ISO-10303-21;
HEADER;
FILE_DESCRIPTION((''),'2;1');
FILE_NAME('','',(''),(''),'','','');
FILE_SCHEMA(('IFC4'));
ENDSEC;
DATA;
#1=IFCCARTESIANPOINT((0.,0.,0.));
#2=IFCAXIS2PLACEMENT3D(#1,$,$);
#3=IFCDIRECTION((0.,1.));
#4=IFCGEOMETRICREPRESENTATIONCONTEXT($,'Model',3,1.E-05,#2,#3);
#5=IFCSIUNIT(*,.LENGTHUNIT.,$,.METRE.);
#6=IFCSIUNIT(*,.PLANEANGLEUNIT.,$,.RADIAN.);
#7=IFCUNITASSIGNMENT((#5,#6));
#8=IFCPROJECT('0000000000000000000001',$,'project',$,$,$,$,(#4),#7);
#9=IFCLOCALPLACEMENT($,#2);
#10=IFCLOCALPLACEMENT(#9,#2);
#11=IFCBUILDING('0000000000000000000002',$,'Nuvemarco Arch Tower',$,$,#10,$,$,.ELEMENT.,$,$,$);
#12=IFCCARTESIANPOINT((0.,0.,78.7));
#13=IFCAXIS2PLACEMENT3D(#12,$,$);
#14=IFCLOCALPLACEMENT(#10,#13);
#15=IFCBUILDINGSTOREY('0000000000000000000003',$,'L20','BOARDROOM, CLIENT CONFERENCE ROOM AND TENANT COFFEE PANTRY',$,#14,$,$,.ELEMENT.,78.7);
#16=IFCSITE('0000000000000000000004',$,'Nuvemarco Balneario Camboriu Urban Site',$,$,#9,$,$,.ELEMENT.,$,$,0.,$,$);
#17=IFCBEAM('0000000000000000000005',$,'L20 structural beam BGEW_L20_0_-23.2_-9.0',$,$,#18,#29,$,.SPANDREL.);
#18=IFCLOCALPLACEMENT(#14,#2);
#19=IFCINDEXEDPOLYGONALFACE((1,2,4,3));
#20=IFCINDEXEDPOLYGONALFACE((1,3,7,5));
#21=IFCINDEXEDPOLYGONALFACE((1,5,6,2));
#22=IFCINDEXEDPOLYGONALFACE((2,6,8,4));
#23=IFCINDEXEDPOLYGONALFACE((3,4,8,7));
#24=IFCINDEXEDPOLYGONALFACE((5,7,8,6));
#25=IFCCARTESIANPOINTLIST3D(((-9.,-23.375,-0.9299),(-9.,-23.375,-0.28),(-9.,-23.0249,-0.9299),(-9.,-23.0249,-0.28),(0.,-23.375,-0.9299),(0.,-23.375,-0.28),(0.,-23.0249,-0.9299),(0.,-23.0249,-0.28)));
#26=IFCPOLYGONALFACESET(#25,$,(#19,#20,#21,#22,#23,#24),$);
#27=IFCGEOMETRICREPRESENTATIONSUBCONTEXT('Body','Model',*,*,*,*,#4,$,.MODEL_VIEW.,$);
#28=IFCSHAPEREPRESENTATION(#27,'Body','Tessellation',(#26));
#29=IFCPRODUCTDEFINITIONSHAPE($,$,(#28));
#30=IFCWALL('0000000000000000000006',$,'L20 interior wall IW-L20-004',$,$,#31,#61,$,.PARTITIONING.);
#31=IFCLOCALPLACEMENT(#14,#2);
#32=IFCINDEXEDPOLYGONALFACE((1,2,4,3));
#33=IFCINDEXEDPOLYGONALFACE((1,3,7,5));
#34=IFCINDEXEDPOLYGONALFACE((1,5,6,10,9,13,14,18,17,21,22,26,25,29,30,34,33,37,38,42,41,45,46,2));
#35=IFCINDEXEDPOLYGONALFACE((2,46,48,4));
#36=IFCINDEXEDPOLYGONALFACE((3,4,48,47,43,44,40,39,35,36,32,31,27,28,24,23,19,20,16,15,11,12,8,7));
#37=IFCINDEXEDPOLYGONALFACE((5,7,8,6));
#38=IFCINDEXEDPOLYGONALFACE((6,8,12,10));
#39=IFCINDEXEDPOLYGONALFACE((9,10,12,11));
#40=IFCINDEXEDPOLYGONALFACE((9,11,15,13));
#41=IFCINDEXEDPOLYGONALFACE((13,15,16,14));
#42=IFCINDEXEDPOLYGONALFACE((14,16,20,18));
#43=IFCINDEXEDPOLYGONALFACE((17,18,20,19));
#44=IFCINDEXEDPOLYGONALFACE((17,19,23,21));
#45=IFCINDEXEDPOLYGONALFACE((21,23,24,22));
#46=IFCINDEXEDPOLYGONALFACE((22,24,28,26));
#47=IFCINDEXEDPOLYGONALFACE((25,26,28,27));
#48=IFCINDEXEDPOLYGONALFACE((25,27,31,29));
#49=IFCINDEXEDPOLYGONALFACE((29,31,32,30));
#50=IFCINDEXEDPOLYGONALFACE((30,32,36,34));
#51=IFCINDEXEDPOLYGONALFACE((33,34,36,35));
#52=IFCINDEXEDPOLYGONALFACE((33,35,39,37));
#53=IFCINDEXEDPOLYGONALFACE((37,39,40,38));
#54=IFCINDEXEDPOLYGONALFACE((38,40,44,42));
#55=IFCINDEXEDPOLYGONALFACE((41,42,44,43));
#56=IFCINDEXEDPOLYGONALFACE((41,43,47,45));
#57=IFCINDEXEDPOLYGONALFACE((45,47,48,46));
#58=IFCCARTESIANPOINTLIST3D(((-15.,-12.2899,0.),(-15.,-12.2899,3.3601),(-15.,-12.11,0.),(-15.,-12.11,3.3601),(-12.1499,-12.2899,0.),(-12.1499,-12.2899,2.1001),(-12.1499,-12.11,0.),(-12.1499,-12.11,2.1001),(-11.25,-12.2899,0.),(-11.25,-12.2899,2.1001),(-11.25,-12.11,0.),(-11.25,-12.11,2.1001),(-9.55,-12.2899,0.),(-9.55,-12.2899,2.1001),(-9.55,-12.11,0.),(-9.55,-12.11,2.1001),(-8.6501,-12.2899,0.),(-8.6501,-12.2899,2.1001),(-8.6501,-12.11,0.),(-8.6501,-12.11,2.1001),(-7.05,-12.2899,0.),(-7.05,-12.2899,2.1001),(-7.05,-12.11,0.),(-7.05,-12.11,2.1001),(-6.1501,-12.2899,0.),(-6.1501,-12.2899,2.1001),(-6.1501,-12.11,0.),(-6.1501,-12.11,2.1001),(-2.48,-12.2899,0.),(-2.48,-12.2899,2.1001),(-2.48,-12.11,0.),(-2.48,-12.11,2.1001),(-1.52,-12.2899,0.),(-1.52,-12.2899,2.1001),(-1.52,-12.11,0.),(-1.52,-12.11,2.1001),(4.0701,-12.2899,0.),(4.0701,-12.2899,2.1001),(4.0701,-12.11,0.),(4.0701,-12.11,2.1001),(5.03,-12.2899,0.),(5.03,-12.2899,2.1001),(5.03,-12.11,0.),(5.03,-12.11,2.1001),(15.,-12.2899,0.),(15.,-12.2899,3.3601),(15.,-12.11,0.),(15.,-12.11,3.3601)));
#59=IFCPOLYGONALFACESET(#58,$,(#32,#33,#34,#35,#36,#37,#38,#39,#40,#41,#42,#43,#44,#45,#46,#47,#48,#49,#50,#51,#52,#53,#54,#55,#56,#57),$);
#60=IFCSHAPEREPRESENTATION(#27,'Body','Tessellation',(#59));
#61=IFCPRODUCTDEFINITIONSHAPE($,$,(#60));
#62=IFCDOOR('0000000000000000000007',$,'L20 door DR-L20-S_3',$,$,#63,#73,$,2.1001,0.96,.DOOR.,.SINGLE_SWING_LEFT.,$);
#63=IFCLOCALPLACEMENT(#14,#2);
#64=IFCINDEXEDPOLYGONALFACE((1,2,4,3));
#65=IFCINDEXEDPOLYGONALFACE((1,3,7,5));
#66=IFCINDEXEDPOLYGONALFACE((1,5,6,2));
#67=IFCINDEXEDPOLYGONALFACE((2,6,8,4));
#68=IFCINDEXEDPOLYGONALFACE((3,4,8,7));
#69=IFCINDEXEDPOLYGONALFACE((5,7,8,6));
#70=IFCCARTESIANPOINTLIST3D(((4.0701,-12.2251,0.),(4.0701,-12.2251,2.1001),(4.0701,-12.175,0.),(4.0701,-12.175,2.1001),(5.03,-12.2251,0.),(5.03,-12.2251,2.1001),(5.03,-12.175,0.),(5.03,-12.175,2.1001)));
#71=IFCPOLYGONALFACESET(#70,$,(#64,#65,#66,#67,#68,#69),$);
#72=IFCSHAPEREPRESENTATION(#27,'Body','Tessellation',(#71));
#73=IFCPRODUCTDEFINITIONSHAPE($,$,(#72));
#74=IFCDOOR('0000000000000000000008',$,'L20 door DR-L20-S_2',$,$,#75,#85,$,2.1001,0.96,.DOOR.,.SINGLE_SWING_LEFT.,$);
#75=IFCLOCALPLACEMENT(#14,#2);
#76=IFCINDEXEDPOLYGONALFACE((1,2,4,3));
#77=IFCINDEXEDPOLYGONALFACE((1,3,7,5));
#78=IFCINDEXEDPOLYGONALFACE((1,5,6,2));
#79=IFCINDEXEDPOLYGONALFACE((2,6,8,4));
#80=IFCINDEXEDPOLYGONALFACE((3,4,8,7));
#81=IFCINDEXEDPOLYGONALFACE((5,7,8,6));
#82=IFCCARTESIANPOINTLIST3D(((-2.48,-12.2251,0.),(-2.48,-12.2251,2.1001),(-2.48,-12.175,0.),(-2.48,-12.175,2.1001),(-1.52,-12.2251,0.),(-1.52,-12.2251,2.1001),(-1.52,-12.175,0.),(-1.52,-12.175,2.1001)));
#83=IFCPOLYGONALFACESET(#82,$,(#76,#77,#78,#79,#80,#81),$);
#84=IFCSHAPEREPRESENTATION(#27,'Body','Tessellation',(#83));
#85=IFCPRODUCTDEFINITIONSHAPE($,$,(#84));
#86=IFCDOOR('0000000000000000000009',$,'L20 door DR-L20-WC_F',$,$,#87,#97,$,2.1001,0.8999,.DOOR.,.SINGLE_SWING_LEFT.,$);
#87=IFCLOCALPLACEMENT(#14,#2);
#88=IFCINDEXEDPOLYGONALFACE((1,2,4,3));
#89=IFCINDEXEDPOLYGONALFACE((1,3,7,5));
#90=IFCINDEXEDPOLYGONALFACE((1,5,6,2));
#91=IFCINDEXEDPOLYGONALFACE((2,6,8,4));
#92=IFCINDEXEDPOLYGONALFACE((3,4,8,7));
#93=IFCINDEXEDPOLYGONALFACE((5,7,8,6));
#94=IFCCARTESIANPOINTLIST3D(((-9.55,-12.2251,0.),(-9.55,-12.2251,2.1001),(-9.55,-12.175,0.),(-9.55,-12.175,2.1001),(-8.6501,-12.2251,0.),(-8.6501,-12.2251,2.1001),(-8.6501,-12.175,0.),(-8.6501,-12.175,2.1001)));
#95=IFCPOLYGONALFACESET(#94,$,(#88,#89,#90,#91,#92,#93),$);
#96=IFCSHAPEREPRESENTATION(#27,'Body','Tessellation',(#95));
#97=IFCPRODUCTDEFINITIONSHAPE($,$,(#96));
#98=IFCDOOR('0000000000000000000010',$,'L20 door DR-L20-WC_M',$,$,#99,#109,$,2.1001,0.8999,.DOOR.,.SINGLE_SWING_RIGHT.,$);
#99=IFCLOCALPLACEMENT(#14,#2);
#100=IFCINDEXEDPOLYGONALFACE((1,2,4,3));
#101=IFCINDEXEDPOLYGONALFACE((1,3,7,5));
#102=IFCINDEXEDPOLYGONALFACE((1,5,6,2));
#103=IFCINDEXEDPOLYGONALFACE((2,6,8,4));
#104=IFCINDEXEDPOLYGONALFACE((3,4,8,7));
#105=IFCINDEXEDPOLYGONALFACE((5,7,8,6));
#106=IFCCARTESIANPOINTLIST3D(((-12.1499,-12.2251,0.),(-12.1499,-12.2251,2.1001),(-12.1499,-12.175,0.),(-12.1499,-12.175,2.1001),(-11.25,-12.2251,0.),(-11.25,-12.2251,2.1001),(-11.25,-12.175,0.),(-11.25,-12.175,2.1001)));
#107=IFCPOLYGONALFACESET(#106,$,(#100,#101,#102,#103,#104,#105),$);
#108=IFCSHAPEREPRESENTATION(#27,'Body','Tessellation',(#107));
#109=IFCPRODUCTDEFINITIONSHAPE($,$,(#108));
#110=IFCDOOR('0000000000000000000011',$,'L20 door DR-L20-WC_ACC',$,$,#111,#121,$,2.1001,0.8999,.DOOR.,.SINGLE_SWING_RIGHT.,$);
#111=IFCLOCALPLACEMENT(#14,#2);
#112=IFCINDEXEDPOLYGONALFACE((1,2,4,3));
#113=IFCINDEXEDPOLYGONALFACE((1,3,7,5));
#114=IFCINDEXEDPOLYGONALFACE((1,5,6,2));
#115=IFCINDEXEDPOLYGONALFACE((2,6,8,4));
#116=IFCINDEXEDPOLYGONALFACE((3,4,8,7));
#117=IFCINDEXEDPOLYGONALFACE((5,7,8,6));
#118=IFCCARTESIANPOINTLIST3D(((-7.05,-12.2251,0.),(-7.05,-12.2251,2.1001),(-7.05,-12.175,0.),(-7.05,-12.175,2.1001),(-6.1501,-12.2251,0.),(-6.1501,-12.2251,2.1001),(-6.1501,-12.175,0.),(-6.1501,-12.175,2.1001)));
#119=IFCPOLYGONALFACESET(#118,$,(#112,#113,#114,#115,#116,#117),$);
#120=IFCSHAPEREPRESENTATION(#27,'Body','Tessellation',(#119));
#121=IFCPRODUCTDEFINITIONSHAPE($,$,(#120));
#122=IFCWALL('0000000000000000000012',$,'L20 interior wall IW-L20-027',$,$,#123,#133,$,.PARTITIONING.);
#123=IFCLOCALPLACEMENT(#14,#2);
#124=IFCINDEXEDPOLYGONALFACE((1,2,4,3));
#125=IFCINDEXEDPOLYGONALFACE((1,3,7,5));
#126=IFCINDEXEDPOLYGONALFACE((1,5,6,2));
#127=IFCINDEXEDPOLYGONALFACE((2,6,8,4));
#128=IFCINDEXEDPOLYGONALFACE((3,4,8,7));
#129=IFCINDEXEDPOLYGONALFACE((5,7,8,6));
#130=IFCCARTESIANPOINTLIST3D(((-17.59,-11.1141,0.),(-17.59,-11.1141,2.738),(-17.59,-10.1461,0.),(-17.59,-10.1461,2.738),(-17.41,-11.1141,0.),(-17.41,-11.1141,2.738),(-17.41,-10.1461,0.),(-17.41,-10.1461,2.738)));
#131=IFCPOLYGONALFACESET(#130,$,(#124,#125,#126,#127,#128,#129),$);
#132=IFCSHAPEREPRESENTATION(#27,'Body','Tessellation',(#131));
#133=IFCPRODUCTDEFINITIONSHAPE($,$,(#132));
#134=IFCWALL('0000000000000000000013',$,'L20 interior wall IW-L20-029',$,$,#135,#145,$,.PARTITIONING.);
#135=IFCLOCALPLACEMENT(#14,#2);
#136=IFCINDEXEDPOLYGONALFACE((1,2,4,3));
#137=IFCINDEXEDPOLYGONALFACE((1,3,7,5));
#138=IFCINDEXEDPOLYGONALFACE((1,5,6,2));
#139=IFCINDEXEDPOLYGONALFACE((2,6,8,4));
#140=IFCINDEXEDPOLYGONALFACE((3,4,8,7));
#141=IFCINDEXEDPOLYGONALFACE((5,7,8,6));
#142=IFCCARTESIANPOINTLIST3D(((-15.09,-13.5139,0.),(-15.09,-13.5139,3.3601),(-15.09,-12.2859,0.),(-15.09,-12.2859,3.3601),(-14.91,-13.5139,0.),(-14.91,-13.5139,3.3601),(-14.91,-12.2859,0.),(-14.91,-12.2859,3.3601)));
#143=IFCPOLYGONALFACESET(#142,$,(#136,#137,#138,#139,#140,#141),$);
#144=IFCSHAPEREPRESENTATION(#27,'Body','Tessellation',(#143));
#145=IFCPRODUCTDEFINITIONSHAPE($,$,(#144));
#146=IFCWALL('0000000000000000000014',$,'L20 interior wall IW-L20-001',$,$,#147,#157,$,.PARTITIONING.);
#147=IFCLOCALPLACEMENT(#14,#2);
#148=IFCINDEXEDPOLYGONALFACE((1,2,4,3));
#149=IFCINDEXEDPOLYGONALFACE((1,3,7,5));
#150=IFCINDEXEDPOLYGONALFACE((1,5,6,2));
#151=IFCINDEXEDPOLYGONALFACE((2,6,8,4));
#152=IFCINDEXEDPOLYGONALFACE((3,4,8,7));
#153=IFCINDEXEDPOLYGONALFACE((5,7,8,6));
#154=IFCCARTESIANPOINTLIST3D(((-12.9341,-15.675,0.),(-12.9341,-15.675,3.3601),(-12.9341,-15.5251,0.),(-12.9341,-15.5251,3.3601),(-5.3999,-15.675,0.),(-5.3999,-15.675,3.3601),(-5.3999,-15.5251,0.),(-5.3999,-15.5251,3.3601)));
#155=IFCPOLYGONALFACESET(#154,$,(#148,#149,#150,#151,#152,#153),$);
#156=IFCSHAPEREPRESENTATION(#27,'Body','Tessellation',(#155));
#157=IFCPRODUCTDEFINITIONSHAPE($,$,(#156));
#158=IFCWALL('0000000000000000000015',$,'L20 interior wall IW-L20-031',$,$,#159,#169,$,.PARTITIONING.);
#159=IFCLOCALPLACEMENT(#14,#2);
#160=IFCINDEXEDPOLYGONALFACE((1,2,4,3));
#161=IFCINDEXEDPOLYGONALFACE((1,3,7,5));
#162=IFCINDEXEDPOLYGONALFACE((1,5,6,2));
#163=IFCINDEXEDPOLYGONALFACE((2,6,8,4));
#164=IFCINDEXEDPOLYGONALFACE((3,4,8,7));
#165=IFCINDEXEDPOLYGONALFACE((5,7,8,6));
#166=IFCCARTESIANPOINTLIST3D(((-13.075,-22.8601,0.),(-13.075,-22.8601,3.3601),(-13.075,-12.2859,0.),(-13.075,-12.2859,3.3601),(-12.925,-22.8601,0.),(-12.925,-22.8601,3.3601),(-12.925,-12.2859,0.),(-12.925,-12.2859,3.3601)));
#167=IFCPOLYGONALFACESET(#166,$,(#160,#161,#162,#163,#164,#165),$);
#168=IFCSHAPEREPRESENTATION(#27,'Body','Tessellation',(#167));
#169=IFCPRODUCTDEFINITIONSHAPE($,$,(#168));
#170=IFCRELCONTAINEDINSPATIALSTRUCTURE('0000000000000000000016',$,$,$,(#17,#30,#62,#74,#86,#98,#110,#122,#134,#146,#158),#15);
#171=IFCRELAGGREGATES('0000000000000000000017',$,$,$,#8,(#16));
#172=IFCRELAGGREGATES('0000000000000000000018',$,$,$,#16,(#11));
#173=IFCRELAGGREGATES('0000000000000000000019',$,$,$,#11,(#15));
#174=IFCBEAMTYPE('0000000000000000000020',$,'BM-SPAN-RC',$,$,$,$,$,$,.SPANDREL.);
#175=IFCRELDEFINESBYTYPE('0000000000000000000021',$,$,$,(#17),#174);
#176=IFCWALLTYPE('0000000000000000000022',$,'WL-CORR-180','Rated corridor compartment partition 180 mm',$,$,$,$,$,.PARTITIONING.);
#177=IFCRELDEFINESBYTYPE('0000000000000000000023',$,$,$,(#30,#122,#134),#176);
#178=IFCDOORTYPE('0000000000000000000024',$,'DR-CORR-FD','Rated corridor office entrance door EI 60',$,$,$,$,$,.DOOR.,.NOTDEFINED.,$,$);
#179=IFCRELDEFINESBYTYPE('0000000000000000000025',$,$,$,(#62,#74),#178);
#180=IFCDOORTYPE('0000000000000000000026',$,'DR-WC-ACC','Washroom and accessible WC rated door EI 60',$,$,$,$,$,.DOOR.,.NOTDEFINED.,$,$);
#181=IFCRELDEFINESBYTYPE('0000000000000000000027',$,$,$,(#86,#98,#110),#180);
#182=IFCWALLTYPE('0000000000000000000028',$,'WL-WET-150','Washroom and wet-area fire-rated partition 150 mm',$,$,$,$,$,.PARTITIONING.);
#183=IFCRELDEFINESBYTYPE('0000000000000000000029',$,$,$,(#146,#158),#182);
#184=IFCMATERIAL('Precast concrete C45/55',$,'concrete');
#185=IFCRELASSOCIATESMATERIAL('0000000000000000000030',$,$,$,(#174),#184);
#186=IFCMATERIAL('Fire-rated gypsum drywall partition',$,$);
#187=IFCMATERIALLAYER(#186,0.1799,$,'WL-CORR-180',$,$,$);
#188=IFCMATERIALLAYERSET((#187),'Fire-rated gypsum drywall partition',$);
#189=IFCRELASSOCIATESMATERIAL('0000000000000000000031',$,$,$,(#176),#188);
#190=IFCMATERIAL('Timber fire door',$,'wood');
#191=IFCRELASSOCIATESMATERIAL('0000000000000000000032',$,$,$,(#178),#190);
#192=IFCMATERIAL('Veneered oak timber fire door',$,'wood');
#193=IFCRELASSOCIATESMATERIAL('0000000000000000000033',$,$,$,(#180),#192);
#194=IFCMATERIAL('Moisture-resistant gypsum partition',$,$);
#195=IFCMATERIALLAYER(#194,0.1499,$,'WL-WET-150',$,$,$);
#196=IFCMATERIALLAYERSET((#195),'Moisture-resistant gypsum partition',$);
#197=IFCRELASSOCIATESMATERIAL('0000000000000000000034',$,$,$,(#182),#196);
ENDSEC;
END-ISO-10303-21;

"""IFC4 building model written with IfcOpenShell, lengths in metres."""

from ifc_helpers import new_model, si_unit, direction, frame, frame_2d, origin, origin_2d, place, context, subcontext, project, spatial, rectangle, extrude, source, transform, mapped, material, layer, layer_set, material_profile, profile_set, type_object, type_shapes, element, fill, save


model = new_model("IFC4")

# Units and contexts
model_context = context("Model", 3, precision=1e-05, world=origin(), true_north=direction((0.0, 1.0)))
body_context = subcontext(model_context, "Body", "Model", "MODEL_VIEW")
ifc_project = project(units=[si_unit("LENGTHUNIT", "METRE"), si_unit("PLANEANGLEUNIT", "RADIAN")], contexts=[model_context])

# Site, building, storey
site_placement = place(None, origin())
site = spatial("IfcSite", under=ifc_project, at=site_placement, Name="Nuvemarco Balneario Camboriu Urban Site", CompositionType="ELEMENT", RefElevation=0.0)
building_placement = place(site_placement, origin())
building = spatial("IfcBuilding", under=site, at=building_placement, Name="Nuvemarco Arch Tower", CompositionType="ELEMENT")
storey_placement = place(building_placement, frame((0.0, 0.0, 78.7)))
storey = spatial("IfcBuildingStorey", under=building, at=storey_placement, Name="L20", Description="BOARDROOM, CLIENT CONFERENCE ROOM AND TENANT COFFEE PANTRY", CompositionType="ELEMENT", Elevation=78.7)

# Beam
ifc_material_1 = material(Name="Precast concrete C45/55", Category="concrete")
ifc_material_profile_1 = material_profile(ifc_material_1, rectangle(XDim=0.3501, YDim=0.6499, at=origin_2d()), Name="PC-SP-350x650")
ifc_profile_set_1 = profile_set([ifc_material_profile_1], Name="Precast concrete C45/55")
beam_type_1 = type_object("IfcBeamType", Name="BM-SPAN-RC", PredefinedType="SPANDREL", material=ifc_profile_set_1)
beam_1_placement = place(storey_placement, frame((-9.0, -23.2, -0.605), z_axis=(1.0, 0.0, 0.0), x_axis=(0.0, 1.0, 0.0)))
element("IfcBeam", 1, at=beam_1_placement, inside=storey, type_object=beam_type_1, Name="L20 structural beam BGEW_L20_0_-23.2_-9.0", PredefinedType="SPANDREL", context=body_context, shape_type="SweptSolid", body=[
    extrude(rectangle(XDim=0.3501, YDim=0.6499, at=origin_2d()), origin(), (0.0, 0.0, 1.0), 9.0),
])

# Wall, openings, doors
ifc_material_2 = material(Name="Fire-rated gypsum drywall partition")
ifc_layer_1 = layer(ifc_material_2, 0.1799, Name="WL-CORR-180")
ifc_layer_set_1 = layer_set([ifc_layer_1], Name="Fire-rated gypsum drywall partition")
wall_type_1 = type_object("IfcWallType", Name="WL-CORR-180", Description="Rated corridor compartment partition 180 mm", PredefinedType="PARTITIONING", material=ifc_layer_set_1)
wall_1_placement = place(storey_placement, frame((-15.0, -12.2, 0.0), z_axis=(0.0, 0.0, 1.0), x_axis=(1.0, 0.0, 0.0)))
wall_1 = element("IfcWall", 2, at=wall_1_placement, inside=storey, type_object=wall_type_1, Name="L20 interior wall IW-L20-004", PredefinedType="PARTITIONING", context=body_context, shape_type="SweptSolid", body=[
    extrude(rectangle(XDim=30.0, YDim=0.1799, at=frame_2d((15.0, 0.0))), origin(), (0.0, 0.0, 1.0), 3.3601),
])
opening_1_placement = place(wall_1_placement, frame((19.0701, 0.0, 0.0)))
opening_1 = element("IfcOpeningElement", 3, at=opening_1_placement, cuts=wall_1, PredefinedType="OPENING", context=body_context, shape_type="SweptSolid", body=[
    extrude(rectangle(XDim=0.96, YDim=2.1001, at=frame_2d((0.48, 1.05))), frame((0.0, 0.0999, 0.0), z_axis=(0.0, -1.0, 0.0), x_axis=(1.0, 0.0, 0.0)), (0.0, 0.0, 1.0), 0.2),
])
opening_2_placement = place(wall_1_placement, frame((5.45, 0.0, 0.0)))
opening_2 = element("IfcOpeningElement", 4, at=opening_2_placement, cuts=wall_1, PredefinedType="OPENING", context=body_context, shape_type="SweptSolid", body=[
    extrude(rectangle(XDim=0.8999, YDim=2.1001, at=frame_2d((0.45, 1.05))), frame((0.0, 0.0999, 0.0), z_axis=(0.0, -1.0, 0.0), x_axis=(1.0, 0.0, 0.0)), (0.0, 0.0, 1.0), 0.2),
])
opening_3_placement = place(wall_1_placement, frame((2.8501, 0.0, 0.0)))
opening_3 = element("IfcOpeningElement", 5, at=opening_3_placement, cuts=wall_1, PredefinedType="OPENING", context=body_context, shape_type="SweptSolid", body=[
    extrude(rectangle(XDim=0.8999, YDim=2.1001, at=frame_2d((0.45, 1.05))), frame((0.0, 0.0999, 0.0), z_axis=(0.0, -1.0, 0.0), x_axis=(1.0, 0.0, 0.0)), (0.0, 0.0, 1.0), 0.2),
])
opening_4_placement = place(wall_1_placement, frame((12.52, 0.0, 0.0)))
opening_4 = element("IfcOpeningElement", 6, at=opening_4_placement, cuts=wall_1, PredefinedType="OPENING", context=body_context, shape_type="SweptSolid", body=[
    extrude(rectangle(XDim=0.96, YDim=2.1001, at=frame_2d((0.48, 1.05))), frame((0.0, 0.0999, 0.0), z_axis=(0.0, -1.0, 0.0), x_axis=(1.0, 0.0, 0.0)), (0.0, 0.0, 1.0), 0.2),
])
opening_5_placement = place(wall_1_placement, frame((7.95, 0.0, 0.0)))
opening_5 = element("IfcOpeningElement", 7, at=opening_5_placement, cuts=wall_1, PredefinedType="OPENING", context=body_context, shape_type="SweptSolid", body=[
    extrude(rectangle(XDim=0.8999, YDim=2.1001, at=frame_2d((0.45, 1.05))), frame((0.0, 0.0999, 0.0), z_axis=(0.0, -1.0, 0.0), x_axis=(1.0, 0.0, 0.0)), (0.0, 0.0, 1.0), 0.2),
])
ifc_material_3 = material(Name="Timber fire door", Category="wood")
door_type_1 = type_object("IfcDoorType", Name="DR-CORR-FD", Description="Rated corridor office entrance door EI 60", OperationType="NOTDEFINED", PredefinedType="DOOR", material=ifc_material_3)
shared_shape_1 = source(origin(), body_context, "Body", "SweptSolid", [
    extrude(rectangle(XDim=0.96, YDim=2.1001, at=frame_2d((0.48, 1.05))), frame((0.0, 0.0249, 0.0), z_axis=(0.0, -1.0, 0.0), x_axis=(1.0, 0.0, 0.0)), (0.0, 0.0, 1.0), 0.05),
])
type_shapes(door_type_1, [shared_shape_1])
door_1_placement = place(opening_1_placement, origin())
door_1 = element("IfcDoor", 8, at=door_1_placement, inside=storey, type_object=door_type_1, Name="L20 door DR-L20-S_3", OperationType="SINGLE_SWING_LEFT", OverallHeight=2.1001, OverallWidth=0.96, PredefinedType="DOOR", context=body_context, shape_type="MappedRepresentation", body=[
    mapped(shared_shape_1, transform((0.0, 0.0, 0.0), scale=1.0)),
])
fill(opening_1, door_1)
door_2_placement = place(opening_4_placement, origin())
door_2 = element("IfcDoor", 9, at=door_2_placement, inside=storey, type_object=door_type_1, Name="L20 door DR-L20-S_2", OperationType="SINGLE_SWING_LEFT", OverallHeight=2.1001, OverallWidth=0.96, PredefinedType="DOOR", context=body_context, shape_type="MappedRepresentation", body=[
    mapped(shared_shape_1, transform((0.0, 0.0, 0.0), scale=1.0)),
])
fill(opening_4, door_2)
ifc_material_4 = material(Name="Veneered oak timber fire door", Category="wood")
door_type_2 = type_object("IfcDoorType", Name="DR-WC-ACC", Description="Washroom and accessible WC rated door EI 60", OperationType="NOTDEFINED", PredefinedType="DOOR", material=ifc_material_4)
shared_shape_2 = source(origin(), body_context, "Body", "SweptSolid", [
    extrude(rectangle(XDim=0.8999, YDim=2.1001, at=frame_2d((0.45, 1.05))), frame((0.0, 0.0249, 0.0), z_axis=(0.0, -1.0, 0.0), x_axis=(1.0, 0.0, 0.0)), (0.0, 0.0, 1.0), 0.05),
])
type_shapes(door_type_2, [shared_shape_2])
door_3_placement = place(opening_2_placement, origin())
door_3 = element("IfcDoor", 10, at=door_3_placement, inside=storey, type_object=door_type_2, Name="L20 door DR-L20-WC_F", OperationType="SINGLE_SWING_LEFT", OverallHeight=2.1001, OverallWidth=0.8999, PredefinedType="DOOR", context=body_context, shape_type="MappedRepresentation", body=[
    mapped(shared_shape_2, transform((0.0, 0.0, 0.0), scale=1.0)),
])
fill(opening_2, door_3)
door_4_placement = place(opening_3_placement, origin())
door_4 = element("IfcDoor", 11, at=door_4_placement, inside=storey, type_object=door_type_2, Name="L20 door DR-L20-WC_M", OperationType="SINGLE_SWING_RIGHT", OverallHeight=2.1001, OverallWidth=0.8999, PredefinedType="DOOR", context=body_context, shape_type="MappedRepresentation", body=[
    mapped(shared_shape_2, transform((0.0, 0.0, 0.0), scale=1.0)),
])
fill(opening_3, door_4)
door_5_placement = place(opening_5_placement, origin())
door_5 = element("IfcDoor", 12, at=door_5_placement, inside=storey, type_object=door_type_2, Name="L20 door DR-L20-WC_ACC", OperationType="SINGLE_SWING_RIGHT", OverallHeight=2.1001, OverallWidth=0.8999, PredefinedType="DOOR", context=body_context, shape_type="MappedRepresentation", body=[
    mapped(shared_shape_2, transform((0.0, 0.0, 0.0), scale=1.0)),
])
fill(opening_5, door_5)

# Walls
wall_2_placement = place(storey_placement, frame((-17.5, -11.114, 0.0), z_axis=(0.0, 0.0, 1.0), x_axis=(0.0, 1.0, 0.0)))
element("IfcWall", 13, at=wall_2_placement, inside=storey, type_object=wall_type_1, Name="L20 interior wall IW-L20-027", PredefinedType="PARTITIONING", context=body_context, shape_type="SweptSolid", body=[
    extrude(rectangle(XDim=0.968, YDim=0.1799, at=frame_2d((0.4839, 0.0))), origin(), (0.0, 0.0, 1.0), 2.738),
])
wall_3_placement = place(storey_placement, frame((-15.0, -13.5139, 0.0), z_axis=(0.0, 0.0, 1.0), x_axis=(0.0, 1.0, 0.0)))
element("IfcWall", 14, at=wall_3_placement, inside=storey, type_object=wall_type_1, Name="L20 interior wall IW-L20-029", PredefinedType="PARTITIONING", context=body_context, shape_type="SweptSolid", body=[
    extrude(rectangle(XDim=1.228, YDim=0.1799, at=frame_2d((0.614, 0.0))), origin(), (0.0, 0.0, 1.0), 3.3601),
])
ifc_material_5 = material(Name="Moisture-resistant gypsum partition")
ifc_layer_2 = layer(ifc_material_5, 0.1499, Name="WL-WET-150")
ifc_layer_set_2 = layer_set([ifc_layer_2], Name="Moisture-resistant gypsum partition")
wall_type_2 = type_object("IfcWallType", Name="WL-WET-150", Description="Washroom and wet-area fire-rated partition 150 mm", PredefinedType="PARTITIONING", material=ifc_layer_set_2)
wall_4_placement = place(storey_placement, frame((-12.9341, -15.6001, 0.0), z_axis=(0.0, 0.0, 1.0), x_axis=(1.0, 0.0, 0.0)))
element("IfcWall", 15, at=wall_4_placement, inside=storey, type_object=wall_type_2, Name="L20 interior wall IW-L20-001", PredefinedType="PARTITIONING", context=body_context, shape_type="SweptSolid", body=[
    extrude(rectangle(XDim=7.5342, YDim=0.1499, at=frame_2d((3.7671, 0.0))), origin(), (0.0, 0.0, 1.0), 3.3601),
])
wall_5_placement = place(storey_placement, frame((-13.0, -22.8601, 0.0), z_axis=(0.0, 0.0, 1.0), x_axis=(0.0, 1.0, 0.0)))
element("IfcWall", 16, at=wall_5_placement, inside=storey, type_object=wall_type_2, Name="L20 interior wall IW-L20-031", PredefinedType="PARTITIONING", context=body_context, shape_type="SweptSolid", body=[
    extrude(rectangle(XDim=10.5742, YDim=0.1499, at=frame_2d((5.2871, 0.0))), origin(), (0.0, 0.0, 1.0), 3.3601),
])

save(model, "model.ifc")
